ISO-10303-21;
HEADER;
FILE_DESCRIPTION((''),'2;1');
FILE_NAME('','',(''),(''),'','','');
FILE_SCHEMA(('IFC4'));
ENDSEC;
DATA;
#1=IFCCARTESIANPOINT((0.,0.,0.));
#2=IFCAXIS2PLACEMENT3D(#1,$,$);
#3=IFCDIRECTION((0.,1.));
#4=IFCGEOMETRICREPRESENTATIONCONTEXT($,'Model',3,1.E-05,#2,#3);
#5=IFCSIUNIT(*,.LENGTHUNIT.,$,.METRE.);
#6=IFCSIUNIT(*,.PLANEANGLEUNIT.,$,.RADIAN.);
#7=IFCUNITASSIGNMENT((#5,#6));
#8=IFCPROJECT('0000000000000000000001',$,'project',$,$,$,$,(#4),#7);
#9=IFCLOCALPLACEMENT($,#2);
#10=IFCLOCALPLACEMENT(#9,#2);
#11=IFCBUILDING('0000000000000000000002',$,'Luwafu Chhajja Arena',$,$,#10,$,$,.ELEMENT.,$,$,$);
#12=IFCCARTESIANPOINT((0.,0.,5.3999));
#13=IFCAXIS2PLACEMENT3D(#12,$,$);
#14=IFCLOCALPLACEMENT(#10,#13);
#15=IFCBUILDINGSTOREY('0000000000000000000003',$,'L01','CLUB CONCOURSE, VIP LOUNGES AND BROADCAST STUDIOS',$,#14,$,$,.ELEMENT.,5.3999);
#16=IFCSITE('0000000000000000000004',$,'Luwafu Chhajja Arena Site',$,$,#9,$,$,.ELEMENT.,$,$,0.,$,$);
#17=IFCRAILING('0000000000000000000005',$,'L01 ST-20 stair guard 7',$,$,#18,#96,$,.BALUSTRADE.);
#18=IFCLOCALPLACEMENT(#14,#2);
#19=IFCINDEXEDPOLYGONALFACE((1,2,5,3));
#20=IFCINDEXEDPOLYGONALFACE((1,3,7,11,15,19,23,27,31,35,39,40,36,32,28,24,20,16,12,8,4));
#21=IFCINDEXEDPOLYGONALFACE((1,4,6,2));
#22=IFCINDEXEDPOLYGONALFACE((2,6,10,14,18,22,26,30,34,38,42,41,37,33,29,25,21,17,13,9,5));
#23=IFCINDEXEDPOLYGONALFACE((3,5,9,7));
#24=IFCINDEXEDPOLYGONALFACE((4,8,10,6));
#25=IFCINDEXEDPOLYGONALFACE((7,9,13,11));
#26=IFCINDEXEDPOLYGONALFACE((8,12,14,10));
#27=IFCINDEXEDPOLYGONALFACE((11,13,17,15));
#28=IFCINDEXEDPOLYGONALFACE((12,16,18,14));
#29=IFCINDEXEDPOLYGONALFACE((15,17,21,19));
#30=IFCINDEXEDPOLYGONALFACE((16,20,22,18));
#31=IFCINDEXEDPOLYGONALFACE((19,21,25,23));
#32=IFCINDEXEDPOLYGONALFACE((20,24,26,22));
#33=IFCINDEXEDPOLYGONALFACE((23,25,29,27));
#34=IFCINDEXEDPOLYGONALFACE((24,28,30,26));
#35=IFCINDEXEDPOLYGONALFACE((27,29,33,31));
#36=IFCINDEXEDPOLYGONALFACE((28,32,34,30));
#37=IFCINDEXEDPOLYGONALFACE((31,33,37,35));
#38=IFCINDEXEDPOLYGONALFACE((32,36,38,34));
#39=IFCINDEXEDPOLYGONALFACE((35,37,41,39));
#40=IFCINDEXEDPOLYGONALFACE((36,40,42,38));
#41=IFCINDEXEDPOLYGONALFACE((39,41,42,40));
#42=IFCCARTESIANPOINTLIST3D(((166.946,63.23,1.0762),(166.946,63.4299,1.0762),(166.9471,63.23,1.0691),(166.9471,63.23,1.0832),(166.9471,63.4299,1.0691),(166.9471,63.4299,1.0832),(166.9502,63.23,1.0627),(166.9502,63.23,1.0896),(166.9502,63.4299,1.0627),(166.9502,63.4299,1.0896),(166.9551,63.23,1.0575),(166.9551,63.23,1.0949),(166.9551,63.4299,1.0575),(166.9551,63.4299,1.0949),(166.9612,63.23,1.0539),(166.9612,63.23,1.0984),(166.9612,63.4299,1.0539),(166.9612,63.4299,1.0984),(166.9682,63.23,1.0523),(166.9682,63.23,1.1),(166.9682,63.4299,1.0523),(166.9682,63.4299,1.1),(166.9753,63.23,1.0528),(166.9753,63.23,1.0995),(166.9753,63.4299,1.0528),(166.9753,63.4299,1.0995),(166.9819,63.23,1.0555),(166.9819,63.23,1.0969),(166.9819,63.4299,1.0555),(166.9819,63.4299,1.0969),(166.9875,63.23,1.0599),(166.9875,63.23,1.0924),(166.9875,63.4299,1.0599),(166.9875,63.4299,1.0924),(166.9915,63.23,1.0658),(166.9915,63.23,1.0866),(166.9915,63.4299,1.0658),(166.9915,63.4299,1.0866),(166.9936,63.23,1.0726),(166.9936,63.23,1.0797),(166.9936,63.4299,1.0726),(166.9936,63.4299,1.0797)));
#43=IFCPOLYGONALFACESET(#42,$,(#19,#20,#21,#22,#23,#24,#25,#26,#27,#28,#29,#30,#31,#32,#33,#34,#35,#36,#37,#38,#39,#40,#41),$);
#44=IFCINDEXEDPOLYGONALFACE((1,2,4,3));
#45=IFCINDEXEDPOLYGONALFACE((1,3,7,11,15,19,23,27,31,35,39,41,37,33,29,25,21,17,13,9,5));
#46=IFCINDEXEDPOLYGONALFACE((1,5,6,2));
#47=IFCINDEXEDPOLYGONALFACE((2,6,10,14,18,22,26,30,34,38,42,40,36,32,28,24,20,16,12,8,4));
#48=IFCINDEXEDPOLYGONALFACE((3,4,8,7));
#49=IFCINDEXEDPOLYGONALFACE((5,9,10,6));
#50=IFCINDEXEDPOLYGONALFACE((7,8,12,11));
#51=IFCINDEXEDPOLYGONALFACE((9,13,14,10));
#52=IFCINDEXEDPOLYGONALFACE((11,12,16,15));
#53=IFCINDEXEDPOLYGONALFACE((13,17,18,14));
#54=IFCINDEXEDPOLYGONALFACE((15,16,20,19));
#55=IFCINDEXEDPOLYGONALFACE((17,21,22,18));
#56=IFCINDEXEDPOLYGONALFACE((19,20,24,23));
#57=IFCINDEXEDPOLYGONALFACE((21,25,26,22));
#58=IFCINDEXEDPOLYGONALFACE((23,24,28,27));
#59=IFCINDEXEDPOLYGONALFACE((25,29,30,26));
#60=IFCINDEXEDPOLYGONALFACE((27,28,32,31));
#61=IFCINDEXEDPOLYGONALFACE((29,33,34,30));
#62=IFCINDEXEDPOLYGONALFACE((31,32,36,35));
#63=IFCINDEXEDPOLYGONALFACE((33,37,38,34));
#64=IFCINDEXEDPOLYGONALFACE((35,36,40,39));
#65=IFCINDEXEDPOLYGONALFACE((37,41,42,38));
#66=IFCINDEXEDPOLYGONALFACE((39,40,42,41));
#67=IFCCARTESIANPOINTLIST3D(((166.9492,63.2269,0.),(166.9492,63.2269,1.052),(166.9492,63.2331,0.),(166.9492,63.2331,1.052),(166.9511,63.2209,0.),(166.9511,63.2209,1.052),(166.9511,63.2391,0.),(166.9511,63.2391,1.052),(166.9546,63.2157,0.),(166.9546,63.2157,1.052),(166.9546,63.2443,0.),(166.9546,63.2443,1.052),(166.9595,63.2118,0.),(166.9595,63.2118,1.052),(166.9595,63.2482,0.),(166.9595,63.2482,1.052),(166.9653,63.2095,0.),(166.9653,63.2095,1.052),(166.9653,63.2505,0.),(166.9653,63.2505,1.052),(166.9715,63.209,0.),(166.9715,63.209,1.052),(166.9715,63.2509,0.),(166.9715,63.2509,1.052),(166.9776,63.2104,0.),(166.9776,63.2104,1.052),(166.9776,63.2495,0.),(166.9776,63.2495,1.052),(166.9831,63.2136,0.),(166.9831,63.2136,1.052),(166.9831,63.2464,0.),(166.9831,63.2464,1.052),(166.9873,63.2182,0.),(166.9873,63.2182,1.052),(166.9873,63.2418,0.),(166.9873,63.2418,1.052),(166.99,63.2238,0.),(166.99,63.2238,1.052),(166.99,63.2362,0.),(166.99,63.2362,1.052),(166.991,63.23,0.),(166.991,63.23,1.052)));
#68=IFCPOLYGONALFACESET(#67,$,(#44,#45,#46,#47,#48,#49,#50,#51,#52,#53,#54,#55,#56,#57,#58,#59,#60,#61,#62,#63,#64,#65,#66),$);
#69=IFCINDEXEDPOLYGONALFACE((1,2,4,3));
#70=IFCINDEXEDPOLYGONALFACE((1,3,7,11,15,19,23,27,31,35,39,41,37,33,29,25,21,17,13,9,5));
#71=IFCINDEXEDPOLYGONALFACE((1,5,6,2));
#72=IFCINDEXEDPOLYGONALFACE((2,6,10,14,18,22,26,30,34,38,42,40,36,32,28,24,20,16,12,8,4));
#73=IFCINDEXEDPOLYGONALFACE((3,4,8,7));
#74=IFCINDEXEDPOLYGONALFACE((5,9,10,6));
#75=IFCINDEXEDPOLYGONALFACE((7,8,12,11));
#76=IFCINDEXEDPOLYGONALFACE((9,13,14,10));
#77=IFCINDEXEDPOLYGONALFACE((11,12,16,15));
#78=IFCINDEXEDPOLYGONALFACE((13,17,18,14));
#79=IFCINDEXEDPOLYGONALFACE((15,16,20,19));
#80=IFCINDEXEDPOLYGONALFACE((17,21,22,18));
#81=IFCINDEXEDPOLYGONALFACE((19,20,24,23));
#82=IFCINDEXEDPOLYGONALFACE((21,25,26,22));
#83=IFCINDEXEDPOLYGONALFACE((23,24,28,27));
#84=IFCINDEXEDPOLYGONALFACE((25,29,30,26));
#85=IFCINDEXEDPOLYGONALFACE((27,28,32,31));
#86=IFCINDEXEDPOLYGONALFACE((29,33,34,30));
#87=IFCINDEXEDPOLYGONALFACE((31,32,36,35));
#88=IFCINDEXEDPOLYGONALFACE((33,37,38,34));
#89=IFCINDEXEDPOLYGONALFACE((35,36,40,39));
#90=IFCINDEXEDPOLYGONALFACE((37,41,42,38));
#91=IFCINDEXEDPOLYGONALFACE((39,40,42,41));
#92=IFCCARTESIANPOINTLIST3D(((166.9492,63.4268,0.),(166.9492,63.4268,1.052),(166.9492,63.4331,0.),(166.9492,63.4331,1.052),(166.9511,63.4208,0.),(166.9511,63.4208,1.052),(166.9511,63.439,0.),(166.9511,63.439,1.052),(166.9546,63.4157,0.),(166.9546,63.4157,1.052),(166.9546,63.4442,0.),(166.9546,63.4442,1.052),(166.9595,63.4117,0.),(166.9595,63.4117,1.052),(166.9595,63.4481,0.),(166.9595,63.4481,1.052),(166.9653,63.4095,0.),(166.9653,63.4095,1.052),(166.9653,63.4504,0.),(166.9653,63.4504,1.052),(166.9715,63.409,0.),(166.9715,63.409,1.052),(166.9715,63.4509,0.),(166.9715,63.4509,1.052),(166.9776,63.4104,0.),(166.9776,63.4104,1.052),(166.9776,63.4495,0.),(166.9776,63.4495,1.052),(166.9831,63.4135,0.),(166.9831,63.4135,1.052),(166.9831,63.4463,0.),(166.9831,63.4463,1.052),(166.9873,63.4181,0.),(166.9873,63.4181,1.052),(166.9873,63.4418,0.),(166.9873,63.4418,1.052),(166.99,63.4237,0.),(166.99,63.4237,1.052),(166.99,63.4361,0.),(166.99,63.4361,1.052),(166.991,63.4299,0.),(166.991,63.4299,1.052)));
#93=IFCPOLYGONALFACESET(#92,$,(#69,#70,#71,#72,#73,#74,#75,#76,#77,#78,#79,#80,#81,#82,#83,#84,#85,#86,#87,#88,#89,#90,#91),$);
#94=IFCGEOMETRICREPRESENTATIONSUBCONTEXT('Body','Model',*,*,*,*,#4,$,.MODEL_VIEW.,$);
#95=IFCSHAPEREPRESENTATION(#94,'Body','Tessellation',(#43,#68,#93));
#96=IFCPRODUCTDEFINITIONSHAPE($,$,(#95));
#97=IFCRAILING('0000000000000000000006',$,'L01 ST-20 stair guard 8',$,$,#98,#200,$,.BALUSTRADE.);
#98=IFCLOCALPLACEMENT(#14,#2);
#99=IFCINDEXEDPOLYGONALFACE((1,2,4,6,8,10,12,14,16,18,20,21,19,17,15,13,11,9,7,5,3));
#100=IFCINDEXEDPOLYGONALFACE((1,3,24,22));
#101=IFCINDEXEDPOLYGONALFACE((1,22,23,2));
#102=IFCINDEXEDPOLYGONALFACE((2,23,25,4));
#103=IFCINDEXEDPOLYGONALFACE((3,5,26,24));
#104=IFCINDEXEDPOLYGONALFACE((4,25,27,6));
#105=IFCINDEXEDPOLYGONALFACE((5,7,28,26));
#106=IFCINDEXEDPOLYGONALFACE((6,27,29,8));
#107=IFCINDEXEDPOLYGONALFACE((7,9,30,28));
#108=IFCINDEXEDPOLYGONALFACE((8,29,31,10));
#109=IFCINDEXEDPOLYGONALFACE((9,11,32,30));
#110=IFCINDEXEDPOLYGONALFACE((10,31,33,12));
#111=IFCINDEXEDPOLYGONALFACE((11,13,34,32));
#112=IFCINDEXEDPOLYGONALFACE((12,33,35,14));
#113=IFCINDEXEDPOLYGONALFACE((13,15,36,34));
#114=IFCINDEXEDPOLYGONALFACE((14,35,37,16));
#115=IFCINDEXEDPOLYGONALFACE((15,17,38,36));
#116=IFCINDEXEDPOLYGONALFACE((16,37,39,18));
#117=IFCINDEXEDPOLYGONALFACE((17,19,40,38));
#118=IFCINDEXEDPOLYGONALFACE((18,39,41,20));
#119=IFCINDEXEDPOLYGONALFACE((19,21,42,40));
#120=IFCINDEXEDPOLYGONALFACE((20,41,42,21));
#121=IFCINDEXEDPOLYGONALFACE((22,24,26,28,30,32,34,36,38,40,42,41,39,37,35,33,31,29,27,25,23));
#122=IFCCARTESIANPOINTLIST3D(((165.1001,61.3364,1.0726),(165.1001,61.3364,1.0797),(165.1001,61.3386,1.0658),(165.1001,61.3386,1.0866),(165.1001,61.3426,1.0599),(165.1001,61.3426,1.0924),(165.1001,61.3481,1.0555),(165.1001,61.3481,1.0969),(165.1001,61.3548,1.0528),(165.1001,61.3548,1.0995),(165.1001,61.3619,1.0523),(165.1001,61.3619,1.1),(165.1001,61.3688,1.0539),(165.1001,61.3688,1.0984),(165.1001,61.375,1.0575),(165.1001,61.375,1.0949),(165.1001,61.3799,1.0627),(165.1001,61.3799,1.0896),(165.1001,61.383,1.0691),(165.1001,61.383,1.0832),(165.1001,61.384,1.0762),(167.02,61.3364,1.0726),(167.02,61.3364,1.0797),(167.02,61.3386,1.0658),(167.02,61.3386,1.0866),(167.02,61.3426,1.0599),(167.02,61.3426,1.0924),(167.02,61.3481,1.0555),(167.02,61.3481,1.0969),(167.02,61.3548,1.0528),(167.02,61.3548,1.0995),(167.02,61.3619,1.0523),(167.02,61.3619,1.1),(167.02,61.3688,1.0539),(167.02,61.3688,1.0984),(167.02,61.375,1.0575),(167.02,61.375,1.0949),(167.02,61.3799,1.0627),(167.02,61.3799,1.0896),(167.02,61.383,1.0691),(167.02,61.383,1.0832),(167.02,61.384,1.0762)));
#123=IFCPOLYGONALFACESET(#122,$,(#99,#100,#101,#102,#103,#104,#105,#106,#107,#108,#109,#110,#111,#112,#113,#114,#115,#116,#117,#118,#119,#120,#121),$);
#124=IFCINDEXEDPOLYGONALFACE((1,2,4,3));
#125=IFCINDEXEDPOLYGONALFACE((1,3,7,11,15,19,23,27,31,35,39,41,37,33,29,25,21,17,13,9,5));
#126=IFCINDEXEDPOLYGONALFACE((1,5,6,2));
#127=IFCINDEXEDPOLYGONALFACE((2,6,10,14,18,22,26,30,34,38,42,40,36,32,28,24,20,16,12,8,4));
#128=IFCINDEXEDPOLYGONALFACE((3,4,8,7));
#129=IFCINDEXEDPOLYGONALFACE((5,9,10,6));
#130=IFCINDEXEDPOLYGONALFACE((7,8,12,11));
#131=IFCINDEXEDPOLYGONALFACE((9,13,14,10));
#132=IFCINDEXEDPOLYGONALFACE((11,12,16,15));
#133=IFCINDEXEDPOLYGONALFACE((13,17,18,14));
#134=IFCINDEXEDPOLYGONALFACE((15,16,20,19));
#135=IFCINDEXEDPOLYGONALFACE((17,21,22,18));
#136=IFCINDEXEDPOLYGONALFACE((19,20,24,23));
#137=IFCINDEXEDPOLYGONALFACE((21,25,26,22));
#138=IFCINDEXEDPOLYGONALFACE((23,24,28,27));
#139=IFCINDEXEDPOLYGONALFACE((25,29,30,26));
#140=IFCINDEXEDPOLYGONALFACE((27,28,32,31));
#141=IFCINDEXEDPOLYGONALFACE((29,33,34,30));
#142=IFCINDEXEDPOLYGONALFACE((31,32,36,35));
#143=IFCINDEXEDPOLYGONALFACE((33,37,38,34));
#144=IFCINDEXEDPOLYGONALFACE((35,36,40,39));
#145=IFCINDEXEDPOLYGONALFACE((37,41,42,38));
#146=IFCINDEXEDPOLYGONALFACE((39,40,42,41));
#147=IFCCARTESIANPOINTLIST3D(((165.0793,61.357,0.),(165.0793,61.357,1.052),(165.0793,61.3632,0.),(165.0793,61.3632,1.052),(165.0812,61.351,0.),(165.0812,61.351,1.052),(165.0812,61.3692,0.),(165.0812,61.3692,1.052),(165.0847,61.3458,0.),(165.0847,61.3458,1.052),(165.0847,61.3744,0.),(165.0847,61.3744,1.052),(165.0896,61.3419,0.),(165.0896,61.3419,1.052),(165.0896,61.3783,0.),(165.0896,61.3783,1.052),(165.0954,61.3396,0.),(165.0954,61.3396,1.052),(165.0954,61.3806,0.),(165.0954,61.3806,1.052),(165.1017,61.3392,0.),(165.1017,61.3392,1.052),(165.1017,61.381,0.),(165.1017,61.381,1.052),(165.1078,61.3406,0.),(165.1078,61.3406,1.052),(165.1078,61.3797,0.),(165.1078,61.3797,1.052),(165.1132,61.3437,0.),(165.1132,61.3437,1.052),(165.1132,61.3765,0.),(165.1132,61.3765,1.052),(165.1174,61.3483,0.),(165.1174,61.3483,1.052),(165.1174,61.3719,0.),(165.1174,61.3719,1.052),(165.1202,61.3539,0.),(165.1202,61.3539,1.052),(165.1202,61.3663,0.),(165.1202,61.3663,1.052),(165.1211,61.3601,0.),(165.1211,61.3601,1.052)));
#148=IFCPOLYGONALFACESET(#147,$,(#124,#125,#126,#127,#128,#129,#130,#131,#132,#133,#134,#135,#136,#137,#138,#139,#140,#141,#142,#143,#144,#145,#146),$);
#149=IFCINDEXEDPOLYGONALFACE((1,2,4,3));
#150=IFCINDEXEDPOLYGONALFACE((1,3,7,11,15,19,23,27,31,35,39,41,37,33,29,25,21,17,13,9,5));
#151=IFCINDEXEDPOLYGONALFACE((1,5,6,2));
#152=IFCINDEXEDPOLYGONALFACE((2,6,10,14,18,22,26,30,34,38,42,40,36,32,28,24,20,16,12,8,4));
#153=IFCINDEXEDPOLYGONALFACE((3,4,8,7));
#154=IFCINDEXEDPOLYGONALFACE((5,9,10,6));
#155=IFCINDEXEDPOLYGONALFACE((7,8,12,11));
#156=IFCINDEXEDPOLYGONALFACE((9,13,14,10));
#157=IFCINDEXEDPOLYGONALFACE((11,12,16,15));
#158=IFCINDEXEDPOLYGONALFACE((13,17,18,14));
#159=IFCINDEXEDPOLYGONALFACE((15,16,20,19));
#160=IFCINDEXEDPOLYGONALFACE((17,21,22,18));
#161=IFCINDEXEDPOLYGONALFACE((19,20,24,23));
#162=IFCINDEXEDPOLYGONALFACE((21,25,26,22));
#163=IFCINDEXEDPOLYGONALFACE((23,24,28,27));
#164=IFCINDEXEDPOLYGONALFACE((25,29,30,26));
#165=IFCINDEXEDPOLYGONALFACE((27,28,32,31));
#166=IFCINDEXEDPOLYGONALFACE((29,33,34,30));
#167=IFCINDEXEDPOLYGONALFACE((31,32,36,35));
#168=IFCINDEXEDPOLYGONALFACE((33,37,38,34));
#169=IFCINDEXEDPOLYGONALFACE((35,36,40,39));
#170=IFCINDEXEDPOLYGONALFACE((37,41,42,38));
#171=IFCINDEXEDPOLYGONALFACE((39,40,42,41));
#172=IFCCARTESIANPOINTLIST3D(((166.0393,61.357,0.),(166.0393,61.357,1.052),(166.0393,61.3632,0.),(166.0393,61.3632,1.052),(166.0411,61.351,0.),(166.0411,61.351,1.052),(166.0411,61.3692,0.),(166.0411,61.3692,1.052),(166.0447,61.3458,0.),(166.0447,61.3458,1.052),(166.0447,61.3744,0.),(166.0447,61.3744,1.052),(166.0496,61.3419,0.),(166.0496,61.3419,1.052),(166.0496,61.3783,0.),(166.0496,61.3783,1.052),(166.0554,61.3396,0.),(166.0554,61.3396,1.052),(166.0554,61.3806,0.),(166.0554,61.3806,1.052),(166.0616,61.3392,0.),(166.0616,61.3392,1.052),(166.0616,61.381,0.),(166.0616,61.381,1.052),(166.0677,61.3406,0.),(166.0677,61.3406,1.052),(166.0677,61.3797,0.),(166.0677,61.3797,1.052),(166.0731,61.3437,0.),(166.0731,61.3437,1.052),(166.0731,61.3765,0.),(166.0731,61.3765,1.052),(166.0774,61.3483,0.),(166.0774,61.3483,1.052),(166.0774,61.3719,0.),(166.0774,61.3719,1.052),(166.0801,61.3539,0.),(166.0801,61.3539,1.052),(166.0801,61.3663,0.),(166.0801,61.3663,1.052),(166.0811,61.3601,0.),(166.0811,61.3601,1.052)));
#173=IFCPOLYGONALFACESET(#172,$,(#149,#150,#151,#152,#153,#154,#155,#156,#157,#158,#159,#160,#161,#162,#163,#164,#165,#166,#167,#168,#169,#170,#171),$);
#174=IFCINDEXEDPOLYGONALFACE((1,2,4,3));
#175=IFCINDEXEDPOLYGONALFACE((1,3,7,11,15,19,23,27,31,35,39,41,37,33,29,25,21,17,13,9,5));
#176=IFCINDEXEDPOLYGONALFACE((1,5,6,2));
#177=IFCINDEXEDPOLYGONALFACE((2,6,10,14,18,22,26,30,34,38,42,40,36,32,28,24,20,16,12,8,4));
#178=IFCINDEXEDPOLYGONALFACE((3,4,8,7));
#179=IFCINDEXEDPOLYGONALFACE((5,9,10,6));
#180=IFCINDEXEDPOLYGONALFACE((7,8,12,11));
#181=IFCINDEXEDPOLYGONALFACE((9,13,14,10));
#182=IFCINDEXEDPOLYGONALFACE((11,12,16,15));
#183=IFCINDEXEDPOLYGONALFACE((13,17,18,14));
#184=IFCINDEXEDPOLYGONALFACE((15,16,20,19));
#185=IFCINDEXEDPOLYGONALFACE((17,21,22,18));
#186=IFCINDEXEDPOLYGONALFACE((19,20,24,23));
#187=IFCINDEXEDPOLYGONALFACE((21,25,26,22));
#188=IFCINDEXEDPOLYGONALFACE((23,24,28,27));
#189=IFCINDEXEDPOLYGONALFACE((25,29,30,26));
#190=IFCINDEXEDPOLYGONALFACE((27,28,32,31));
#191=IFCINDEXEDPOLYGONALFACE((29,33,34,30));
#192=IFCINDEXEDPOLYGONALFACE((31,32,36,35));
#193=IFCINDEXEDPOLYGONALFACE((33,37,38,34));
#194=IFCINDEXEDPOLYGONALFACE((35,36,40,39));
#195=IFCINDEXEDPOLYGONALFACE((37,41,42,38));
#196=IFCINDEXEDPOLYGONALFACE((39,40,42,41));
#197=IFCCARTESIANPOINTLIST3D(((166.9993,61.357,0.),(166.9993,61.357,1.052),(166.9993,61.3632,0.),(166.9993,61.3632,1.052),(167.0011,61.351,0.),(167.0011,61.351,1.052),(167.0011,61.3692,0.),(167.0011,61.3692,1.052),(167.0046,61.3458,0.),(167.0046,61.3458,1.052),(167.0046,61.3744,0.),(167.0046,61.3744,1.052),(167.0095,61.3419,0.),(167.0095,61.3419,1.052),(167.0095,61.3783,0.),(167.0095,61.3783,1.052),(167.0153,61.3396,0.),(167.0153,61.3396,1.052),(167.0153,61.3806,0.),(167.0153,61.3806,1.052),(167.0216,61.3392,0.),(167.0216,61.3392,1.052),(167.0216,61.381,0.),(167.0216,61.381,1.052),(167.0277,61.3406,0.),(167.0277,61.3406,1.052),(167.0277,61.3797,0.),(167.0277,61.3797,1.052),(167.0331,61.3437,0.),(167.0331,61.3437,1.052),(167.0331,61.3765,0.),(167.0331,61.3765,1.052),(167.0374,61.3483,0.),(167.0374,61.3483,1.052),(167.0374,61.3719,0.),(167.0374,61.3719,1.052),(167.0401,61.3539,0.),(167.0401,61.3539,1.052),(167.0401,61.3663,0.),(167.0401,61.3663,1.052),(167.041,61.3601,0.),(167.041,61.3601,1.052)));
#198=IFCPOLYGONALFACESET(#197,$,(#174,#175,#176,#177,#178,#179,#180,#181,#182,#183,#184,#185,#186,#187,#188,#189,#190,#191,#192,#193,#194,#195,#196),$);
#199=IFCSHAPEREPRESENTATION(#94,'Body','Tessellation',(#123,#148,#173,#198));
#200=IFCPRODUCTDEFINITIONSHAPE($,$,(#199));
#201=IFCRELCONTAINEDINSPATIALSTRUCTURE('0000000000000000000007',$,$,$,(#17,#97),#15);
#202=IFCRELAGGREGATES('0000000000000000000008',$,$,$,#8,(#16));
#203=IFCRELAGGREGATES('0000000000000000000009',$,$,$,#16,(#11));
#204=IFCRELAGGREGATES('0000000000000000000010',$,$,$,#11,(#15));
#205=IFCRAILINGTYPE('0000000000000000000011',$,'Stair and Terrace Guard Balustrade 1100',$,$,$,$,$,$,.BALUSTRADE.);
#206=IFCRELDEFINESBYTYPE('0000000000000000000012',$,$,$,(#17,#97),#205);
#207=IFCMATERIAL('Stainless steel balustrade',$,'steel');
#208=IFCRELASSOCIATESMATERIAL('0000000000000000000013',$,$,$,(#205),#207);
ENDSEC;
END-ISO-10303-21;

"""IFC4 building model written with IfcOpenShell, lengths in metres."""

from ifc_helpers import new_model, si_unit, direction, frame, origin, origin_2d, place, context, subcontext, project, spatial, circle, extrude, material, type_object, element, save


model = new_model("IFC4")

# Units and contexts
model_context = context("Model", 3, precision=1e-05, world=origin(), true_north=direction((0.0, 1.0)))
body_context = subcontext(model_context, "Body", "Model", "MODEL_VIEW")
ifc_project = project(units=[si_unit("LENGTHUNIT", "METRE"), si_unit("PLANEANGLEUNIT", "RADIAN")], contexts=[model_context])

# Site, building, storey
site_placement = place(None, origin())
site = spatial("IfcSite", under=ifc_project, at=site_placement, Name="Luwafu Chhajja Arena Site", CompositionType="ELEMENT", RefElevation=0.0)
building_placement = place(site_placement, origin())
building = spatial("IfcBuilding", under=site, at=building_placement, Name="Luwafu Chhajja Arena", CompositionType="ELEMENT")
storey_placement = place(building_placement, frame((0.0, 0.0, 5.3999)))
storey = spatial("IfcBuildingStorey", under=building, at=storey_placement, Name="L01", Description="CLUB CONCOURSE, VIP LOUNGES AND BROADCAST STUDIOS", CompositionType="ELEMENT", Elevation=5.3999)

# Railings
ifc_material_1 = material(Name="Stainless steel balustrade", Category="steel")
railing_type_1 = type_object("IfcRailingType", Name="Stair and Terrace Guard Balustrade 1100", PredefinedType="BALUSTRADE", material=ifc_material_1)
railing_1_placement = place(storey_placement, frame((166.97, 63.23, 0.0)))
element("IfcRailing", 1, at=railing_1_placement, inside=storey, type_object=railing_type_1, Name="L01 ST-20 stair guard 7", PredefinedType="BALUSTRADE", context=body_context, shape_type="SweptSolid", body=[
    extrude(circle(Radius=0.0239, at=origin_2d()), frame((0.0, 0.0, 1.0762), z_axis=(0.0, 1.0, 0.0), x_axis=(-1.0, 0.0, 0.0)), (0.0, 0.0, 1.0), 0.2),
    extrude(circle(Radius=0.021, at=origin_2d()), origin(), (0.0, 0.0, 1.0), 1.052),
    extrude(circle(Radius=0.021, at=origin_2d()), frame((0.0, 0.2, 0.0)), (0.0, 0.0, 1.0), 1.052),
])
for number, where, name in (
    (2, (165.1001, 61.3601, 0.0), "L01 ST-20 stair guard 8"),
):
    element("IfcRailing", number, at=place(storey_placement, frame(where)), inside=storey, type_object=railing_type_1, Name=name, PredefinedType="BALUSTRADE", context=body_context, shape_type="SweptSolid", body=[
        extrude(circle(Radius=0.0239, at=origin_2d()), frame((0.0, 0.0, 1.0762), z_axis=(1.0, 0.0, 0.0), x_axis=(0.0, 1.0, 0.0)), (0.0, 0.0, 1.0), 1.9199),
        extrude(circle(Radius=0.021, at=origin_2d()), origin(), (0.0, 0.0, 1.0), 1.052),
        extrude(circle(Radius=0.021, at=origin_2d()), frame((0.96, 0.0, 0.0)), (0.0, 0.0, 1.0), 1.052),
        extrude(circle(Radius=0.021, at=origin_2d()), frame((1.9199, 0.0, 0.0)), (0.0, 0.0, 1.0), 1.052),
    ])

save(model, "model.ifc")
